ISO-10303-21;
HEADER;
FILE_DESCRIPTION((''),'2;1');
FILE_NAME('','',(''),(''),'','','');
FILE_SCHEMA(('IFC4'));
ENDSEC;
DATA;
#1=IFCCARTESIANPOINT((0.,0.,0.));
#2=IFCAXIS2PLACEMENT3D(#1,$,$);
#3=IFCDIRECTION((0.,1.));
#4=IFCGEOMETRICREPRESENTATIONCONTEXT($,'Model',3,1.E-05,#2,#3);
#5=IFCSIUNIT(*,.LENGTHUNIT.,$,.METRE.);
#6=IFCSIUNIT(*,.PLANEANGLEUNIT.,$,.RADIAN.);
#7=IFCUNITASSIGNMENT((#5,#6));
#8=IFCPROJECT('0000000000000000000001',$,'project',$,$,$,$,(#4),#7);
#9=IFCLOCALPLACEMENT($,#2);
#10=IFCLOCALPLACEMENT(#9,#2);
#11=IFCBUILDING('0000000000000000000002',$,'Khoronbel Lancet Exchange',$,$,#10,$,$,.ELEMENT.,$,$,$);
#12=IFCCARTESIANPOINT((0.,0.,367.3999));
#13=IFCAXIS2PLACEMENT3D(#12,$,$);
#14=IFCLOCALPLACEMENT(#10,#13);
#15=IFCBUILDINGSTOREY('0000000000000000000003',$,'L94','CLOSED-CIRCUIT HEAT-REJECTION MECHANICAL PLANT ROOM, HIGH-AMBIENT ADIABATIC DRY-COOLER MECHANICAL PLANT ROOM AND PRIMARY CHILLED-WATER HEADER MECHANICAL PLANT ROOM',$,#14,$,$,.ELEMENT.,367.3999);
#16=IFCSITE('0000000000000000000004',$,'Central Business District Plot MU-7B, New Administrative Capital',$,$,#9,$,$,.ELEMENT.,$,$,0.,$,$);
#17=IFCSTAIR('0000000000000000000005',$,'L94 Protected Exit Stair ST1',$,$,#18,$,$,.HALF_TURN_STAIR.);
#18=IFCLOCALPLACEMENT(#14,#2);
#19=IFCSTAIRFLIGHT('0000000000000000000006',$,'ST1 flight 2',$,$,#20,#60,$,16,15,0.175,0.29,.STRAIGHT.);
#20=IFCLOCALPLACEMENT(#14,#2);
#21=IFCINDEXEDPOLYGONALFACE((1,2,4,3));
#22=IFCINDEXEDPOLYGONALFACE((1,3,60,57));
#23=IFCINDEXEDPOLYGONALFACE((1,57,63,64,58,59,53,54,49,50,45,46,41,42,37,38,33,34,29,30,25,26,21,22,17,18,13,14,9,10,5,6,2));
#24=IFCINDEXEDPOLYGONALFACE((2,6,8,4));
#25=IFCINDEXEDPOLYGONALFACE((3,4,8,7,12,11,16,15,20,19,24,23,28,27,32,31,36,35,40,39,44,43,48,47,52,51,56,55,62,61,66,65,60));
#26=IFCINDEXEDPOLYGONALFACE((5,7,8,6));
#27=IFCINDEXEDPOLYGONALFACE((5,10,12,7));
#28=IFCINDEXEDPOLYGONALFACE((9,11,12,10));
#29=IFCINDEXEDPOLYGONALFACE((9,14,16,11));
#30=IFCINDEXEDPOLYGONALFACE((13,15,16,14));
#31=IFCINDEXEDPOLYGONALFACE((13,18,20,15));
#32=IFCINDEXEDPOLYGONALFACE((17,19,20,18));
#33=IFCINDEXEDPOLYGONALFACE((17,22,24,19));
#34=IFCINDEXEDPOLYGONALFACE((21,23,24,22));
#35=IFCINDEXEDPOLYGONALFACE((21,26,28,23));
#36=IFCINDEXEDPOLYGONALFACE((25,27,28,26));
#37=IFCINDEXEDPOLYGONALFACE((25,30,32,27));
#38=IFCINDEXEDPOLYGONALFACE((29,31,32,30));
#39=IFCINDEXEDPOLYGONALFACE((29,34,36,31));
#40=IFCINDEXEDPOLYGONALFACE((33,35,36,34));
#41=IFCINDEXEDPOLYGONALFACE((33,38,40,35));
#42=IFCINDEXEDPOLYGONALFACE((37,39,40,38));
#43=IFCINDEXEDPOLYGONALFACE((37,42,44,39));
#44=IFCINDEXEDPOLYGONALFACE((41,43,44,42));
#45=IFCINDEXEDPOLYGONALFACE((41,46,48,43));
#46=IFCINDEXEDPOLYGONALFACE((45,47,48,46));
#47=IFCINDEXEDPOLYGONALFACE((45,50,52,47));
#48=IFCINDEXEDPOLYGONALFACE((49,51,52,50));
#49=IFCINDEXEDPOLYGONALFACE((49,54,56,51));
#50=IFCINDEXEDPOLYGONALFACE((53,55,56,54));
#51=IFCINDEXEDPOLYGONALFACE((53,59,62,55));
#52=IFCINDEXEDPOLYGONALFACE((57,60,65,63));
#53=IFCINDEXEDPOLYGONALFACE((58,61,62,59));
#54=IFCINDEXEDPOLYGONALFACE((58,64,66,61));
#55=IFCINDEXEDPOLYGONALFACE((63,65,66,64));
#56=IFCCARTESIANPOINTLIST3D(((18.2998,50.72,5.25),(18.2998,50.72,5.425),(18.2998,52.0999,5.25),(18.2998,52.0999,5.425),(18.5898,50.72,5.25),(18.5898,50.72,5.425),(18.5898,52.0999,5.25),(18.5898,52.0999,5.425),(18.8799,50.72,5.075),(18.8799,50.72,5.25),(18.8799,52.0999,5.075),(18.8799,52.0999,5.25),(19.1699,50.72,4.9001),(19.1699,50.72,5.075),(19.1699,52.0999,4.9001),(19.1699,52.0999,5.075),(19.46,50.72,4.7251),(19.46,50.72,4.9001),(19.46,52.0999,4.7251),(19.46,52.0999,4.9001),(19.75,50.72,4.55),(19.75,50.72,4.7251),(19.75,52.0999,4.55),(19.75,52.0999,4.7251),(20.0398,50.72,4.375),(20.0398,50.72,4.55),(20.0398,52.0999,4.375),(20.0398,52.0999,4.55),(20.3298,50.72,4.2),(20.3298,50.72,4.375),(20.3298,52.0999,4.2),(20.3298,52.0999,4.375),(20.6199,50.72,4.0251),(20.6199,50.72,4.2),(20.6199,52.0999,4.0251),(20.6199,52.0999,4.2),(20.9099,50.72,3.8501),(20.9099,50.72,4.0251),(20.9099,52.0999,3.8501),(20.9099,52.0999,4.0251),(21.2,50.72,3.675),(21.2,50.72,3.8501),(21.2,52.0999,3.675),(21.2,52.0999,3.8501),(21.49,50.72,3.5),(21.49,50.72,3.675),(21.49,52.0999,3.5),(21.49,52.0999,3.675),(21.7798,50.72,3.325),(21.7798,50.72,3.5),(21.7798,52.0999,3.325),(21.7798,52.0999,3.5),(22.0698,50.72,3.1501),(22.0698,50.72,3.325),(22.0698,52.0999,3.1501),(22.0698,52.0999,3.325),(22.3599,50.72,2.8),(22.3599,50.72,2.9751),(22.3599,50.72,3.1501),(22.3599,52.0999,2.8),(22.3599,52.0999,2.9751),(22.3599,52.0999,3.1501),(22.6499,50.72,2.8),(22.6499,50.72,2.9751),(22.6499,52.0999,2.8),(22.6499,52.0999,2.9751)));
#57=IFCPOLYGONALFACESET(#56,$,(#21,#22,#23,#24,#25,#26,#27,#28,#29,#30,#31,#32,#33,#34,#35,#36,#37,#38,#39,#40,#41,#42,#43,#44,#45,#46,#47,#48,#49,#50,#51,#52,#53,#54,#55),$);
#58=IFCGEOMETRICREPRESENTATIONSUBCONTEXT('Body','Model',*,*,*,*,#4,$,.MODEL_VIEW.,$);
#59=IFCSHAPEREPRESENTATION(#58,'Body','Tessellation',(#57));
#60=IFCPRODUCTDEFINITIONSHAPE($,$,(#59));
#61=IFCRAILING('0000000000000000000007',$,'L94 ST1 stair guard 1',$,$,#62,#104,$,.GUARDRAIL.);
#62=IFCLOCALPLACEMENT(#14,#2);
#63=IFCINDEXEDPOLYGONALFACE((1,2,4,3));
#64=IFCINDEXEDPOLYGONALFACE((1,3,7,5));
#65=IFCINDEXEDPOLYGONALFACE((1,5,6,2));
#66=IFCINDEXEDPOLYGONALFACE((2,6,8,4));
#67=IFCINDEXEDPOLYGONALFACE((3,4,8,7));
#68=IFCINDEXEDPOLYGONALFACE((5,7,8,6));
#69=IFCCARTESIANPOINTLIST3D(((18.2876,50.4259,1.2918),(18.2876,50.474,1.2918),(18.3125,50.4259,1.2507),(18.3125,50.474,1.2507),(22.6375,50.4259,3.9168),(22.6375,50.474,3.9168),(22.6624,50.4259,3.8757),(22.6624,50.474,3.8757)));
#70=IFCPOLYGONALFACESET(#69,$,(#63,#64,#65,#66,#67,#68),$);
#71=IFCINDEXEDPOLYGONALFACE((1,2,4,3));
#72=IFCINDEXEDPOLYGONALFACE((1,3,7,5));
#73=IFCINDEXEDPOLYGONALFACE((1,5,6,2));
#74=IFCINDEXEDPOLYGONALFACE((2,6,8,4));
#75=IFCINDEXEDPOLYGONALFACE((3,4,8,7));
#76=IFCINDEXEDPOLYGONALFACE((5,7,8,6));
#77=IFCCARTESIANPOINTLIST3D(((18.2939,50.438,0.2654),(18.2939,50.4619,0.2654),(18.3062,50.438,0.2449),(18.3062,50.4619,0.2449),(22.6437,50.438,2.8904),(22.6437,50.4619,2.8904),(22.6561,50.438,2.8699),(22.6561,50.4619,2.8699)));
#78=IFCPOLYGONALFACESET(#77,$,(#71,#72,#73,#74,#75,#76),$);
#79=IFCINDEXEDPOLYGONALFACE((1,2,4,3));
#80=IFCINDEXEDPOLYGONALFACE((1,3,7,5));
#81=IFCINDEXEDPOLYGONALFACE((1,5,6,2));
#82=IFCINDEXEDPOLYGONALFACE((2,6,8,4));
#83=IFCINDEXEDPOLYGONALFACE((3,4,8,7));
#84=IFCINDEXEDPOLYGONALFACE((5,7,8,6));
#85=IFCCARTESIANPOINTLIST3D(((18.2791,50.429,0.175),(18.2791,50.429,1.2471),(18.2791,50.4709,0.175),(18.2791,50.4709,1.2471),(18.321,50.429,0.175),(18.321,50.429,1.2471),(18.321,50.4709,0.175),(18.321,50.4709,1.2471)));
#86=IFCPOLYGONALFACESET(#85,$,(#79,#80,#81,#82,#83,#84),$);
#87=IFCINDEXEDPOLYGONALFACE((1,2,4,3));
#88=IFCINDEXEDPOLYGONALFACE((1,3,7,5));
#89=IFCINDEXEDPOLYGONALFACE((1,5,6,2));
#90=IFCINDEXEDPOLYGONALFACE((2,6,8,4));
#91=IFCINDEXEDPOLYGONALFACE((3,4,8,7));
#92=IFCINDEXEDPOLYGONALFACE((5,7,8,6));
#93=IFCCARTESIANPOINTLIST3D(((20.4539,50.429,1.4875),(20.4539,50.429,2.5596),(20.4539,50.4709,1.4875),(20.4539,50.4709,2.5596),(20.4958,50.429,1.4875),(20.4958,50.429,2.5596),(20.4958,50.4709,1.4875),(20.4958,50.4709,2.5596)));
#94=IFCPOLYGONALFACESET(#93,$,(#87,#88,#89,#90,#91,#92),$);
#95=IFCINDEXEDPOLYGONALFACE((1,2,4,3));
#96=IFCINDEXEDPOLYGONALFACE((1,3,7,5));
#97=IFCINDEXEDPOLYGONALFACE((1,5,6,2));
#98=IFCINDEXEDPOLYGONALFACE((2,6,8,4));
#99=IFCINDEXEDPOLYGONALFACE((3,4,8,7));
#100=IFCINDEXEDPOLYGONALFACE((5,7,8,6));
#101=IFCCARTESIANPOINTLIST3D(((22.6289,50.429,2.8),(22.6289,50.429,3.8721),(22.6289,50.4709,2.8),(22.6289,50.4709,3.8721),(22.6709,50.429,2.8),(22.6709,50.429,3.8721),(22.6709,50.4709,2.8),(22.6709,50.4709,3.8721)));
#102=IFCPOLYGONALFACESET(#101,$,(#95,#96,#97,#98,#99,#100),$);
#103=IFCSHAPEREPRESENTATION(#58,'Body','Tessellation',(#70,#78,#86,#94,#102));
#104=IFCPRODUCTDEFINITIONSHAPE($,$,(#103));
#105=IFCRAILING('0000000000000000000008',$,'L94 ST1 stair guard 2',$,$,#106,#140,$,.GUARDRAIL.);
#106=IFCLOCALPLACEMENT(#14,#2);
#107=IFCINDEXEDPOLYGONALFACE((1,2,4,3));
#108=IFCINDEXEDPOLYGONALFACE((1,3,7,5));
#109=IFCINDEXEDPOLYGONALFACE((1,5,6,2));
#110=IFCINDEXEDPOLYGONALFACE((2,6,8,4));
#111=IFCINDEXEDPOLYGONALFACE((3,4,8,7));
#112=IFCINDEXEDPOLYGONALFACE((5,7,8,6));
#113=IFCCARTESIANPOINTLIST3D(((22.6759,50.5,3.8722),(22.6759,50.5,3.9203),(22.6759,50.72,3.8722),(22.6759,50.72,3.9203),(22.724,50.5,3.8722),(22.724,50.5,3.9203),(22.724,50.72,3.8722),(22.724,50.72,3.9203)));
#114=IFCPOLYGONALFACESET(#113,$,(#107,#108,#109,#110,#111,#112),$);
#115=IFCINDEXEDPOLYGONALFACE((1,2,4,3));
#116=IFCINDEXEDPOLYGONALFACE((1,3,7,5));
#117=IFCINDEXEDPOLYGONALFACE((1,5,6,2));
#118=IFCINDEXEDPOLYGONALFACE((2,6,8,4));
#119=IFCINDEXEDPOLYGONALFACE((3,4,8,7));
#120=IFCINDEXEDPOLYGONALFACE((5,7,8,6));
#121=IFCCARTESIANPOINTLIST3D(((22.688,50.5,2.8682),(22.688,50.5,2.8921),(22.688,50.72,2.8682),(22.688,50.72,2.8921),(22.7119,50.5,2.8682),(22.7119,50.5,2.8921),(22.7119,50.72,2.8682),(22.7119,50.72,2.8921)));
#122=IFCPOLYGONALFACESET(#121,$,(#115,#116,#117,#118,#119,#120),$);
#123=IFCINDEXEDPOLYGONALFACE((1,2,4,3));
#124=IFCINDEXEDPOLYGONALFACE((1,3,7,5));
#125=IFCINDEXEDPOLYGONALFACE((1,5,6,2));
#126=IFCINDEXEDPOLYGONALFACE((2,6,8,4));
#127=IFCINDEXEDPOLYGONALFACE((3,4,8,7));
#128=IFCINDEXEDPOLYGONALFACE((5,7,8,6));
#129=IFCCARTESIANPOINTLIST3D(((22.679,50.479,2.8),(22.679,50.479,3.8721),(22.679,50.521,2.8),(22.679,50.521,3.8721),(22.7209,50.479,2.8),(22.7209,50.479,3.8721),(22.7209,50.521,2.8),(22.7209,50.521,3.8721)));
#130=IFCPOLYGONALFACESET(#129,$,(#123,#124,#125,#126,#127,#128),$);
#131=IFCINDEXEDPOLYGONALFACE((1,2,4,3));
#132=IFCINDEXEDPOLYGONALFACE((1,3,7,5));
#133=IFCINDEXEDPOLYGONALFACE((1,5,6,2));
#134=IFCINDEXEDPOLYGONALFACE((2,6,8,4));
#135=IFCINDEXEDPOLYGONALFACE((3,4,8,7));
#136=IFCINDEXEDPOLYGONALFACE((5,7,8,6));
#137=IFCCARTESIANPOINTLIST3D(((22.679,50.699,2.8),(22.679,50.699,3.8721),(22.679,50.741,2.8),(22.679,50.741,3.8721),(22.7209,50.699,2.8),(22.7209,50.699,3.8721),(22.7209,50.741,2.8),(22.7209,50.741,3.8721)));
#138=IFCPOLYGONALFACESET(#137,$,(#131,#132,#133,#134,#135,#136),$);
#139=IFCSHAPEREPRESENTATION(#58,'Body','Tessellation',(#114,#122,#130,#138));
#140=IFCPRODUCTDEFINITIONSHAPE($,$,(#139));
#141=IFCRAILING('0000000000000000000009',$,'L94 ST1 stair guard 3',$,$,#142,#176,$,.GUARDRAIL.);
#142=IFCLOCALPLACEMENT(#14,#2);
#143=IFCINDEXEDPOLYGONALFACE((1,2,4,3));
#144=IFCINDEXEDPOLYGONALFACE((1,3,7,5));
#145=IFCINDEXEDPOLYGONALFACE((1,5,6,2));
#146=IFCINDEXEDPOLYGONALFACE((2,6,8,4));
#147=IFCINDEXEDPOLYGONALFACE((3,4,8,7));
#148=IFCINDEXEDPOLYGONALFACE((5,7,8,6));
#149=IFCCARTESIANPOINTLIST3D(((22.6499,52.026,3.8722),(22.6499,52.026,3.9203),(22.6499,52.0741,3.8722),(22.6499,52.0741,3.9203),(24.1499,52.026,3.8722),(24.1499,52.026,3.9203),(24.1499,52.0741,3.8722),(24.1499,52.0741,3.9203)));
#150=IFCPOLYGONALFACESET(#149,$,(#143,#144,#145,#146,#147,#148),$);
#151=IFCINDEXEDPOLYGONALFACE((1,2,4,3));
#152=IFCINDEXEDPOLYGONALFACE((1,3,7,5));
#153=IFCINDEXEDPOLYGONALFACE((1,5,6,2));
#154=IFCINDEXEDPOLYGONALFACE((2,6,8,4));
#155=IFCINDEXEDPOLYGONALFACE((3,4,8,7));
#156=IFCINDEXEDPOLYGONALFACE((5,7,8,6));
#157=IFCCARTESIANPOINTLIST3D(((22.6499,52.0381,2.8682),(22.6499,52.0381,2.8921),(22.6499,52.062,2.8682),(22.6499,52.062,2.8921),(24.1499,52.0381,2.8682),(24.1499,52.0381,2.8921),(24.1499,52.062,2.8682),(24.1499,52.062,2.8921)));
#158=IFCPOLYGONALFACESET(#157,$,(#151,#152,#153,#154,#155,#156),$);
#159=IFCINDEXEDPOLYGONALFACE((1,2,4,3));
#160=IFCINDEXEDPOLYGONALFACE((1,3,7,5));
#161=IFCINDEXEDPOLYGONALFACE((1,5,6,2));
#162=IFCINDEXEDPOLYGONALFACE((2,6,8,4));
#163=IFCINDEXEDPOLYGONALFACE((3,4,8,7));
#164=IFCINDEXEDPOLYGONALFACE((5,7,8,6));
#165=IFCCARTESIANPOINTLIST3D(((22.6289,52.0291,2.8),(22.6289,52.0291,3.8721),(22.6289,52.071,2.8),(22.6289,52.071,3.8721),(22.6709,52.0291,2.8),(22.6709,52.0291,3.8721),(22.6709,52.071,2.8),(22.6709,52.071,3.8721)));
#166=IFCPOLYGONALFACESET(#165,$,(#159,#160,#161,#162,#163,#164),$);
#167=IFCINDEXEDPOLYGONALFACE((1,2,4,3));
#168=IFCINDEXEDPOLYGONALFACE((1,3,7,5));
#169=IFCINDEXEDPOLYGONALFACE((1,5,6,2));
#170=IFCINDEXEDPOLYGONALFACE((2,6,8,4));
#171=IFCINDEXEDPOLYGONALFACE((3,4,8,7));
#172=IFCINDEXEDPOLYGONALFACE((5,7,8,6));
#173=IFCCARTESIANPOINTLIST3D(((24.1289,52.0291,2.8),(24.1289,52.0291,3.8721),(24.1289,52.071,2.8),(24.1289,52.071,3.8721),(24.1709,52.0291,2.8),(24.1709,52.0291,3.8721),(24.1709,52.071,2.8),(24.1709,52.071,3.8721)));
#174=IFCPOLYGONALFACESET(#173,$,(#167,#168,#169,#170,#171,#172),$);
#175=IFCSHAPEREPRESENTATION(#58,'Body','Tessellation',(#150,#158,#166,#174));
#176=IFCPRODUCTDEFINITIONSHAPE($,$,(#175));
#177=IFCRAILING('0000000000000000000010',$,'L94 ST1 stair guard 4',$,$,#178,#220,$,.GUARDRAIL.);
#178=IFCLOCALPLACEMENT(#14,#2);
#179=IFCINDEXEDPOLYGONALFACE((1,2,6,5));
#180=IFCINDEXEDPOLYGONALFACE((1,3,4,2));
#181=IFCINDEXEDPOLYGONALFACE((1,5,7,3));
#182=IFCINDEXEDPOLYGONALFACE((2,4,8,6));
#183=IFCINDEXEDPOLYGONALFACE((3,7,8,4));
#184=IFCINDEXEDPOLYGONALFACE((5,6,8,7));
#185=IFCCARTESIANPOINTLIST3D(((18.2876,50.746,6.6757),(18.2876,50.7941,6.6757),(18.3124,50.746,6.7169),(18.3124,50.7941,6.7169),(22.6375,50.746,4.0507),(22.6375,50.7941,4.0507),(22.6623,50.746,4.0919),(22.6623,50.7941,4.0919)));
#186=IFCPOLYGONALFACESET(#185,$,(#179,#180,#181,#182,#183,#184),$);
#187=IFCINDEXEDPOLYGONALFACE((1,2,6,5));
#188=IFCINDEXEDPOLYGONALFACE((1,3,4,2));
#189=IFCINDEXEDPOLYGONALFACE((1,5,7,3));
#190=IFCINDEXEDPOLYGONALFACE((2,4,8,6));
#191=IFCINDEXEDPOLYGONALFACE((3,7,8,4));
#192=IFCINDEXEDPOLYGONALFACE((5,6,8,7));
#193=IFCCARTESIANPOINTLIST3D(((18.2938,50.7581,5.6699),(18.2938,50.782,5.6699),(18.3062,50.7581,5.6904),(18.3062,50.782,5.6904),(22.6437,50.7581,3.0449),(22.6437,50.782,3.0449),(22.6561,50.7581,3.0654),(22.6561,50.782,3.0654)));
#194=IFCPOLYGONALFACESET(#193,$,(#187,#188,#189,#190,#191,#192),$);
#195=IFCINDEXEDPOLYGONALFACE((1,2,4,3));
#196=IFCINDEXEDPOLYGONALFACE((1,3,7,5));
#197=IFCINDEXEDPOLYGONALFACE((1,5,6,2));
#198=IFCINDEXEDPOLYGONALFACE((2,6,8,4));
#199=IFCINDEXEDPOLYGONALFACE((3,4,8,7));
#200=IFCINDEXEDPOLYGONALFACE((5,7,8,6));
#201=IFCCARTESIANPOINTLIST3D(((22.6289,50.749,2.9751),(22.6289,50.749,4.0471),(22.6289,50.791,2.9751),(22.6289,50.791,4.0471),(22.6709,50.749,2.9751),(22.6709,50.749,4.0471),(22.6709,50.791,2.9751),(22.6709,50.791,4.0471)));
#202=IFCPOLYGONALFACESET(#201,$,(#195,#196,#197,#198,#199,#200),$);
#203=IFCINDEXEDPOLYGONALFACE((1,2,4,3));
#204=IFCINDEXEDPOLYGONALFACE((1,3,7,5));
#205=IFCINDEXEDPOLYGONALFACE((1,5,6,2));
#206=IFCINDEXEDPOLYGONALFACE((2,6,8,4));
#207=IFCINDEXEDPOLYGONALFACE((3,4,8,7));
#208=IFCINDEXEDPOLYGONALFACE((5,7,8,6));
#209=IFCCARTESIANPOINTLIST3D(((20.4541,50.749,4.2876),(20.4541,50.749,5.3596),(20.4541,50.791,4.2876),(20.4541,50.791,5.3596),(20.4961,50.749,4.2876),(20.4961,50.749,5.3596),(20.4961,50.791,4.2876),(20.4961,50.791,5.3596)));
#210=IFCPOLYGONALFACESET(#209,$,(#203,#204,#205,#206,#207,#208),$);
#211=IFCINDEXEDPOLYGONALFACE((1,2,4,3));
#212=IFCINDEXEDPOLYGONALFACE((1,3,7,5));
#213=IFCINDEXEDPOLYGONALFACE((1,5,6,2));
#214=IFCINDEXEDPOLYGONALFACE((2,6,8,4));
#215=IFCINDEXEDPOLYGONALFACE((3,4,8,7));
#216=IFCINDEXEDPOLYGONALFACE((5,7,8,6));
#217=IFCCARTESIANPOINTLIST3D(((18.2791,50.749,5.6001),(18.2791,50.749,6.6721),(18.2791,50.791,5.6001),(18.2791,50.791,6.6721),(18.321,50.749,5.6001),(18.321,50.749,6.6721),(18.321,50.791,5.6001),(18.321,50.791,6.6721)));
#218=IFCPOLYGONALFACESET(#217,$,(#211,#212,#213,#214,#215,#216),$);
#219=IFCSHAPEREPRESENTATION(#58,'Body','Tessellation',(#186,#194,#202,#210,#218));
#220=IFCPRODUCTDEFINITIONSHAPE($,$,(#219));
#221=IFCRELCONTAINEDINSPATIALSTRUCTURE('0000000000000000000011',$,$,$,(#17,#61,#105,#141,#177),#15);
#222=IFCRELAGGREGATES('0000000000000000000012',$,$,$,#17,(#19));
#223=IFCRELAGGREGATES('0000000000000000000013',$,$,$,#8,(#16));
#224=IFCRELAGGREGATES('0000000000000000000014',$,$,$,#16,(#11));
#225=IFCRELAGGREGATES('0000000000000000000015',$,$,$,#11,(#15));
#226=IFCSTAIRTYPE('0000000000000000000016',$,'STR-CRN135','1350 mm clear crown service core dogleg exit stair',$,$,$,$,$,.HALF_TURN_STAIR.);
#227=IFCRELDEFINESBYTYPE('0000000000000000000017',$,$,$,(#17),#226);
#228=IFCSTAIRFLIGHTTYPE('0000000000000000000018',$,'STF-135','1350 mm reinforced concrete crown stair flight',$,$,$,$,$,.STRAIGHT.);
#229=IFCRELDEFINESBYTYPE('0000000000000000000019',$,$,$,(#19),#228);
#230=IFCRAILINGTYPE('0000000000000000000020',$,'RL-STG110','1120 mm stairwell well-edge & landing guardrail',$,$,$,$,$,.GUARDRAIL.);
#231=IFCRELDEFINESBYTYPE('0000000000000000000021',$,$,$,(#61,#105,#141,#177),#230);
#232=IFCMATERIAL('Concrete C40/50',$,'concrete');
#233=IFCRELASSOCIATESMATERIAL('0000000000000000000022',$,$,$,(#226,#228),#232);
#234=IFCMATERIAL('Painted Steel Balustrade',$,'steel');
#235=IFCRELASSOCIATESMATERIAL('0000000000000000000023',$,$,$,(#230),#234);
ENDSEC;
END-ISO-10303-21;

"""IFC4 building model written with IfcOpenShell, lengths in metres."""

from ifc_helpers import new_model, si_unit, direction, frame, origin, origin_2d, place, context, subcontext, project, spatial, polyline, rectangle, outline, extrude, material, type_object, element, aggregate, save


model = new_model("IFC4")

# Units and contexts
model_context = context("Model", 3, precision=1e-05, world=origin(), true_north=direction((0.0, 1.0)))
body_context = subcontext(model_context, "Body", "Model", "MODEL_VIEW")
ifc_project = project(units=[si_unit("LENGTHUNIT", "METRE"), si_unit("PLANEANGLEUNIT", "RADIAN")], contexts=[model_context])

# Site, building, storey
site_placement = place(None, origin())
site = spatial("IfcSite", under=ifc_project, at=site_placement, Name="Central Business District Plot MU-7B, New Administrative Capital", CompositionType="ELEMENT", RefElevation=0.0)
building_placement = place(site_placement, origin())
building = spatial("IfcBuilding", under=site, at=building_placement, Name="Khoronbel Lancet Exchange", CompositionType="ELEMENT")
storey_placement = place(building_placement, frame((0.0, 0.0, 367.3999)))
storey = spatial("IfcBuildingStorey", under=building, at=storey_placement, Name="L94", Description="CLOSED-CIRCUIT HEAT-REJECTION MECHANICAL PLANT ROOM, HIGH-AMBIENT ADIABATIC DRY-COOLER MECHANICAL PLANT ROOM AND PRIMARY CHILLED-WATER HEADER MECHANICAL PLANT ROOM", CompositionType="ELEMENT", Elevation=367.3999)

# Stair, stair flight
ifc_material_1 = material(Name="Concrete C40/50", Category="concrete")
stair_type = type_object("IfcStairType", Name="STR-CRN135", Description="1350 mm clear crown service core dogleg exit stair", PredefinedType="HALF_TURN_STAIR", material=ifc_material_1)
stair_placement = place(storey_placement, origin())
stair = element("IfcStair", 1, at=stair_placement, inside=storey, type_object=stair_type, Name="L94 Protected Exit Stair ST1", PredefinedType="HALF_TURN_STAIR")
stair_flight_type = type_object("IfcStairFlightType", Name="STF-135", Description="1350 mm reinforced concrete crown stair flight", PredefinedType="STRAIGHT", material=ifc_material_1)
stair_flight_1_placement = place(storey_placement, frame((22.6499, 51.4099, 2.8), z_axis=(0.0, 0.0, 1.0), x_axis=(-1.0, 0.0, 0.0)))
stair_flight_1 = element("IfcStairFlight", 2, at=stair_flight_1_placement, type_object=stair_flight_type, Name="ST1 flight 2", NumberOfRisers=16, NumberOfTreads=15, PredefinedType="STRAIGHT", RiserHeight=0.175, TreadLength=0.29, context=body_context, shape_type="SweptSolid", body=[
    extrude(outline(polyline([(0.0, 0.0), (0.0, 0.175), (0.29, 0.175), (0.29, 0.3501), (0.5801, 0.3501), (0.5801, 0.5249), (0.8701, 0.5249), (0.8701, 0.7), (1.1599, 0.7), (1.1599, 0.875), (1.45, 0.875), (1.45, 1.05), (1.74, 1.05), (1.74, 1.2251), (2.03, 1.2251), (2.03, 1.3999), (2.3201, 1.3999), (2.3201, 1.575), (2.6101, 1.575), (2.6101, 1.75), (2.8999, 1.75), (2.8999, 1.925), (3.1899, 1.925), (3.1899, 2.1001), (3.48, 2.1001), (3.48, 2.2749), (3.77, 2.2749), (3.77, 2.45), (4.0601, 2.45), (4.0601, 2.625), (4.3501, 2.625), (4.3501, 2.8), (4.3501, 2.45), (0.29, 0.0), (0.0, 0.0)])), frame((0.0, 0.6899, 0.0), z_axis=(0.0, -1.0, 0.0), x_axis=(1.0, 0.0, 0.0)), (0.0, 0.0, 1.0), 1.3799),
])
aggregate(stair, [stair_flight_1])

# Railings
ifc_material_2 = material(Name="Painted Steel Balustrade", Category="steel")
railing_type_1 = type_object("IfcRailingType", Name="RL-STG110", Description="1120 mm stairwell well-edge & landing guardrail", PredefinedType="GUARDRAIL", material=ifc_material_2)
railing_1_placement = place(storey_placement, frame((18.3, 50.45, 0.175)))
element("IfcRailing", 3, at=railing_1_placement, inside=storey, type_object=railing_type_1, Name="L94 ST1 stair guard 1", PredefinedType="GUARDRAIL", context=body_context, shape_type="SweptSolid", body=[
    extrude(rectangle(XDim=0.0481, YDim=0.0481, at=origin_2d()), frame((0.0, 0.0, 1.0962), z_axis=(0.85618, 0.0, 0.516678), x_axis=(0.0, 1.0, 0.0)), (0.0, 0.0, 1.0), 5.0806),
    extrude(rectangle(XDim=0.0239, YDim=0.0239, at=origin_2d()), frame((0.0, 0.0, 0.0801), z_axis=(0.85618, 0.0, 0.516678), x_axis=(0.0, 1.0, 0.0)), (0.0, 0.0, 1.0), 5.0806),
    extrude(rectangle(XDim=0.042, YDim=0.042, at=origin_2d()), origin(), (0.0, 0.0, 1.0), 1.072),
    extrude(rectangle(XDim=0.042, YDim=0.042, at=origin_2d()), frame((2.1748, 0.0, 1.3125)), (0.0, 0.0, 1.0), 1.072),
    extrude(rectangle(XDim=0.042, YDim=0.042, at=origin_2d()), frame((4.3499, 0.0, 2.625)), (0.0, 0.0, 1.0), 1.072),
])
railing_2_placement = place(storey_placement, frame((22.7, 50.5, 2.8)))
element("IfcRailing", 4, at=railing_2_placement, inside=storey, type_object=railing_type_1, Name="L94 ST1 stair guard 2", PredefinedType="GUARDRAIL", context=body_context, shape_type="SweptSolid", body=[
    extrude(rectangle(XDim=0.0481, YDim=0.0481, at=origin_2d()), frame((0.0, 0.0, 1.0962), z_axis=(0.0, 1.0, 0.0), x_axis=(-1.0, 0.0, 0.0)), (0.0, 0.0, 1.0), 0.22),
    extrude(rectangle(XDim=0.0239, YDim=0.0239, at=origin_2d()), frame((0.0, 0.0, 0.0801), z_axis=(0.0, 1.0, 0.0), x_axis=(-1.0, 0.0, 0.0)), (0.0, 0.0, 1.0), 0.22),
    extrude(rectangle(XDim=0.042, YDim=0.042, at=origin_2d()), origin(), (0.0, 0.0, 1.0), 1.072),
    extrude(rectangle(XDim=0.042, YDim=0.042, at=origin_2d()), frame((0.0, 0.22, 0.0)), (0.0, 0.0, 1.0), 1.072),
])
railing_3_placement = place(storey_placement, frame((22.6499, 52.05, 2.8)))
element("IfcRailing", 5, at=railing_3_placement, inside=storey, type_object=railing_type_1, Name="L94 ST1 stair guard 3", PredefinedType="GUARDRAIL", context=body_context, shape_type="SweptSolid", body=[
    extrude(rectangle(XDim=0.0481, YDim=0.0481, at=origin_2d()), frame((0.0, 0.0, 1.0962), z_axis=(1.0, 0.0, 0.0), x_axis=(0.0, 1.0, 0.0)), (0.0, 0.0, 1.0), 1.5),
    extrude(rectangle(XDim=0.0239, YDim=0.0239, at=origin_2d()), frame((0.0, 0.0, 0.0801), z_axis=(1.0, 0.0, 0.0), x_axis=(0.0, 1.0, 0.0)), (0.0, 0.0, 1.0), 1.5),
    extrude(rectangle(XDim=0.042, YDim=0.042, at=origin_2d()), origin(), (0.0, 0.0, 1.0), 1.072),
    extrude(rectangle(XDim=0.042, YDim=0.042, at=origin_2d()), frame((1.5, 0.0, 0.0)), (0.0, 0.0, 1.0), 1.072),
])
railing_4_placement = place(storey_placement, frame((22.6499, 50.77, 2.9751)))
element("IfcRailing", 6, at=railing_4_placement, inside=storey, type_object=railing_type_1, Name="L94 ST1 stair guard 4", PredefinedType="GUARDRAIL", context=body_context, shape_type="SweptSolid", body=[
    extrude(rectangle(XDim=0.0481, YDim=0.0481, at=origin_2d()), frame((0.0, 0.0, 1.0962), z_axis=(-0.85618, 0.0, 0.516678), x_axis=(0.0, -1.0, 0.0)), (0.0, 0.0, 1.0), 5.0806),
    extrude(rectangle(XDim=0.0239, YDim=0.0239, at=origin_2d()), frame((0.0, 0.0, 0.0801), z_axis=(-0.85618, 0.0, 0.516678), x_axis=(0.0, -1.0, 0.0)), (0.0, 0.0, 1.0), 5.0806),
    extrude(rectangle(XDim=0.042, YDim=0.042, at=origin_2d()), origin(), (0.0, 0.0, 1.0), 1.072),
    extrude(rectangle(XDim=0.042, YDim=0.042, at=origin_2d()), frame((-2.1748, 0.0, 1.3125)), (0.0, 0.0, 1.0), 1.072),
    extrude(rectangle(XDim=0.042, YDim=0.042, at=origin_2d()), frame((-4.3499, 0.0, 2.625)), (0.0, 0.0, 1.0), 1.072),
])

save(model, "model.ifc")
